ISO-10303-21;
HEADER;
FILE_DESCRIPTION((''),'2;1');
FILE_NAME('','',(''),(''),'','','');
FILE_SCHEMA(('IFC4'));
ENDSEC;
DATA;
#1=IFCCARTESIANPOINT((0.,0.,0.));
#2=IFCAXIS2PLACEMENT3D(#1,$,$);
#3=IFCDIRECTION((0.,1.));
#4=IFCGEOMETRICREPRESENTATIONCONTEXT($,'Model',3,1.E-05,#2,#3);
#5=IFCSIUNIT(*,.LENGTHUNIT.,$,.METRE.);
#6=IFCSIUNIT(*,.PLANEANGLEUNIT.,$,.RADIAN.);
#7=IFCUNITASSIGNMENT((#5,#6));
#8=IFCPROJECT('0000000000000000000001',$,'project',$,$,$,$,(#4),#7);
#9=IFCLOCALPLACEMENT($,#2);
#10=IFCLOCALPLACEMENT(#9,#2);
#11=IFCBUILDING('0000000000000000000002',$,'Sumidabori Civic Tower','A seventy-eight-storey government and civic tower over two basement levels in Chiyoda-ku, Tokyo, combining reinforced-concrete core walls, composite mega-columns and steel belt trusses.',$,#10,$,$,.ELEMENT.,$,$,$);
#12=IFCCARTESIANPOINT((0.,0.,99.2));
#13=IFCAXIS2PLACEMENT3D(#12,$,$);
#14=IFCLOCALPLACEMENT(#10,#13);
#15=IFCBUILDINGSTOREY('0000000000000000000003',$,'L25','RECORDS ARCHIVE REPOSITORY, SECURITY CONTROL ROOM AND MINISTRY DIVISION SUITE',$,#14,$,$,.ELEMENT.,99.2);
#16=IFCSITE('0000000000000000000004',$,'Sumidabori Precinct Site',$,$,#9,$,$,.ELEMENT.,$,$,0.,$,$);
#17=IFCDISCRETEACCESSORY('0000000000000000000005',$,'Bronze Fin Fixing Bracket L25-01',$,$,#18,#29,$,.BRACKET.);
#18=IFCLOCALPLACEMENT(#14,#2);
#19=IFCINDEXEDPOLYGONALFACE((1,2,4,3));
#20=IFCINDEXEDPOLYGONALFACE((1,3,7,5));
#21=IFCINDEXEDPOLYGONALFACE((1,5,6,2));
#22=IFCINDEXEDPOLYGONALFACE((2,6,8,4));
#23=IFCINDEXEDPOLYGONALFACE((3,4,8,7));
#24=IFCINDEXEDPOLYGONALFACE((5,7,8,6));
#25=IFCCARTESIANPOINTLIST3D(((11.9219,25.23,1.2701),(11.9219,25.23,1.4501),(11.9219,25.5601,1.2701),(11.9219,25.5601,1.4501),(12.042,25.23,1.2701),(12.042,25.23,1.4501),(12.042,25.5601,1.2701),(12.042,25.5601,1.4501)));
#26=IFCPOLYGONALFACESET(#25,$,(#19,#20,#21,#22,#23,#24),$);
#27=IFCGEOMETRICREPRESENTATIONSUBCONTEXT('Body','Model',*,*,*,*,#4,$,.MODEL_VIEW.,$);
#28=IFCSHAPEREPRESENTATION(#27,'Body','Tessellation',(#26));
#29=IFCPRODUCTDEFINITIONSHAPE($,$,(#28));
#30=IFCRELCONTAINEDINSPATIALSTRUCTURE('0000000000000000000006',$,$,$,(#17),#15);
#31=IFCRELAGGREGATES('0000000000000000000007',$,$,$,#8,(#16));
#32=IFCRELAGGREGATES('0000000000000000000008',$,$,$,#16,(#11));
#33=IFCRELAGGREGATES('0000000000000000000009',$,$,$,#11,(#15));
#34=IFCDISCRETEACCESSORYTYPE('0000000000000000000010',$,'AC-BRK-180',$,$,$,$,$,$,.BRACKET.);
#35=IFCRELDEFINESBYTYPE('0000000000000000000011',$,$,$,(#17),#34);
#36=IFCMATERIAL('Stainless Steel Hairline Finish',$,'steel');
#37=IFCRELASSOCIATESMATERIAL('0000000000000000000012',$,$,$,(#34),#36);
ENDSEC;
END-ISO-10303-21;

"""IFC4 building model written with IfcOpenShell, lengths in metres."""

from ifc_helpers import new_model, si_unit, direction, frame, origin, origin_2d, place, context, subcontext, project, spatial, rectangle, extrude, source, transform, mapped, material, material_profile, profile_set, type_object, element, save


model = new_model("IFC4")

# Units and contexts
model_context = context("Model", 3, precision=1e-05, world=origin(), true_north=direction((0.0, 1.0)))
body_context = subcontext(model_context, "Body", "Model", "MODEL_VIEW")
ifc_project = project(units=[si_unit("LENGTHUNIT", "METRE"), si_unit("PLANEANGLEUNIT", "RADIAN")], contexts=[model_context])

# Site, building, storey
site_placement = place(None, origin())
site = spatial("IfcSite", under=ifc_project, at=site_placement, Name="Sumidabori Precinct Site", CompositionType="ELEMENT", RefElevation=0.0)
building_placement = place(site_placement, origin())
building = spatial("IfcBuilding", under=site, at=building_placement, Name="Sumidabori Civic Tower", Description="A seventy-eight-storey government and civic tower over two basement levels in Chiyoda-ku, Tokyo, combining reinforced-concrete core walls, composite mega-columns and steel belt trusses.", CompositionType="ELEMENT")
storey_placement = place(building_placement, frame((0.0, 0.0, 99.2)))
storey = spatial("IfcBuildingStorey", under=building, at=storey_placement, Name="L25", Description="RECORDS ARCHIVE REPOSITORY, SECURITY CONTROL ROOM AND MINISTRY DIVISION SUITE", CompositionType="ELEMENT", Elevation=99.2)

# Discrete accessory
ifc_material_1 = material(Name="Stainless Steel Hairline Finish", Category="steel")
ifc_material_profile_1 = material_profile(ifc_material_1, rectangle(XDim=0.1201, YDim=0.1799, at=origin_2d()), Name="STEEL BRACKET 180x120")
ifc_profile_set_1 = profile_set([ifc_material_profile_1], Name="Stainless Steel Hairline Finish")
discrete_accessory_type = type_object("IfcDiscreteAccessoryType", Name="AC-BRK-180", PredefinedType="BRACKET", material=ifc_profile_set_1)
shared_shape_1 = source(origin(), body_context, "Body", "SweptSolid", [
    extrude(rectangle(XDim=0.1201, YDim=0.1799, at=origin_2d()), origin(), (0.0, 0.0, 1.0), 0.3301),
])
discrete_accessory_placement = place(storey_placement, frame((11.9819, 25.23, 1.3601), z_axis=(0.0, 1.0, 0.0), x_axis=(-1.0, 0.0, 0.0)))
element("IfcDiscreteAccessory", 1, at=discrete_accessory_placement, inside=storey, type_object=discrete_accessory_type, Name="Bronze Fin Fixing Bracket L25-01", PredefinedType="BRACKET", context=body_context, shape_type="MappedRepresentation", body=[
    mapped(shared_shape_1, transform((0.0, 0.0, 0.0), x_axis=(1.0, 0.0, 0.0), y_axis=(0.0, 1.0, 0.0), z_axis=(0.0, 0.0, 1.0), scale=1.0)),
])

save(model, "model.ifc")
